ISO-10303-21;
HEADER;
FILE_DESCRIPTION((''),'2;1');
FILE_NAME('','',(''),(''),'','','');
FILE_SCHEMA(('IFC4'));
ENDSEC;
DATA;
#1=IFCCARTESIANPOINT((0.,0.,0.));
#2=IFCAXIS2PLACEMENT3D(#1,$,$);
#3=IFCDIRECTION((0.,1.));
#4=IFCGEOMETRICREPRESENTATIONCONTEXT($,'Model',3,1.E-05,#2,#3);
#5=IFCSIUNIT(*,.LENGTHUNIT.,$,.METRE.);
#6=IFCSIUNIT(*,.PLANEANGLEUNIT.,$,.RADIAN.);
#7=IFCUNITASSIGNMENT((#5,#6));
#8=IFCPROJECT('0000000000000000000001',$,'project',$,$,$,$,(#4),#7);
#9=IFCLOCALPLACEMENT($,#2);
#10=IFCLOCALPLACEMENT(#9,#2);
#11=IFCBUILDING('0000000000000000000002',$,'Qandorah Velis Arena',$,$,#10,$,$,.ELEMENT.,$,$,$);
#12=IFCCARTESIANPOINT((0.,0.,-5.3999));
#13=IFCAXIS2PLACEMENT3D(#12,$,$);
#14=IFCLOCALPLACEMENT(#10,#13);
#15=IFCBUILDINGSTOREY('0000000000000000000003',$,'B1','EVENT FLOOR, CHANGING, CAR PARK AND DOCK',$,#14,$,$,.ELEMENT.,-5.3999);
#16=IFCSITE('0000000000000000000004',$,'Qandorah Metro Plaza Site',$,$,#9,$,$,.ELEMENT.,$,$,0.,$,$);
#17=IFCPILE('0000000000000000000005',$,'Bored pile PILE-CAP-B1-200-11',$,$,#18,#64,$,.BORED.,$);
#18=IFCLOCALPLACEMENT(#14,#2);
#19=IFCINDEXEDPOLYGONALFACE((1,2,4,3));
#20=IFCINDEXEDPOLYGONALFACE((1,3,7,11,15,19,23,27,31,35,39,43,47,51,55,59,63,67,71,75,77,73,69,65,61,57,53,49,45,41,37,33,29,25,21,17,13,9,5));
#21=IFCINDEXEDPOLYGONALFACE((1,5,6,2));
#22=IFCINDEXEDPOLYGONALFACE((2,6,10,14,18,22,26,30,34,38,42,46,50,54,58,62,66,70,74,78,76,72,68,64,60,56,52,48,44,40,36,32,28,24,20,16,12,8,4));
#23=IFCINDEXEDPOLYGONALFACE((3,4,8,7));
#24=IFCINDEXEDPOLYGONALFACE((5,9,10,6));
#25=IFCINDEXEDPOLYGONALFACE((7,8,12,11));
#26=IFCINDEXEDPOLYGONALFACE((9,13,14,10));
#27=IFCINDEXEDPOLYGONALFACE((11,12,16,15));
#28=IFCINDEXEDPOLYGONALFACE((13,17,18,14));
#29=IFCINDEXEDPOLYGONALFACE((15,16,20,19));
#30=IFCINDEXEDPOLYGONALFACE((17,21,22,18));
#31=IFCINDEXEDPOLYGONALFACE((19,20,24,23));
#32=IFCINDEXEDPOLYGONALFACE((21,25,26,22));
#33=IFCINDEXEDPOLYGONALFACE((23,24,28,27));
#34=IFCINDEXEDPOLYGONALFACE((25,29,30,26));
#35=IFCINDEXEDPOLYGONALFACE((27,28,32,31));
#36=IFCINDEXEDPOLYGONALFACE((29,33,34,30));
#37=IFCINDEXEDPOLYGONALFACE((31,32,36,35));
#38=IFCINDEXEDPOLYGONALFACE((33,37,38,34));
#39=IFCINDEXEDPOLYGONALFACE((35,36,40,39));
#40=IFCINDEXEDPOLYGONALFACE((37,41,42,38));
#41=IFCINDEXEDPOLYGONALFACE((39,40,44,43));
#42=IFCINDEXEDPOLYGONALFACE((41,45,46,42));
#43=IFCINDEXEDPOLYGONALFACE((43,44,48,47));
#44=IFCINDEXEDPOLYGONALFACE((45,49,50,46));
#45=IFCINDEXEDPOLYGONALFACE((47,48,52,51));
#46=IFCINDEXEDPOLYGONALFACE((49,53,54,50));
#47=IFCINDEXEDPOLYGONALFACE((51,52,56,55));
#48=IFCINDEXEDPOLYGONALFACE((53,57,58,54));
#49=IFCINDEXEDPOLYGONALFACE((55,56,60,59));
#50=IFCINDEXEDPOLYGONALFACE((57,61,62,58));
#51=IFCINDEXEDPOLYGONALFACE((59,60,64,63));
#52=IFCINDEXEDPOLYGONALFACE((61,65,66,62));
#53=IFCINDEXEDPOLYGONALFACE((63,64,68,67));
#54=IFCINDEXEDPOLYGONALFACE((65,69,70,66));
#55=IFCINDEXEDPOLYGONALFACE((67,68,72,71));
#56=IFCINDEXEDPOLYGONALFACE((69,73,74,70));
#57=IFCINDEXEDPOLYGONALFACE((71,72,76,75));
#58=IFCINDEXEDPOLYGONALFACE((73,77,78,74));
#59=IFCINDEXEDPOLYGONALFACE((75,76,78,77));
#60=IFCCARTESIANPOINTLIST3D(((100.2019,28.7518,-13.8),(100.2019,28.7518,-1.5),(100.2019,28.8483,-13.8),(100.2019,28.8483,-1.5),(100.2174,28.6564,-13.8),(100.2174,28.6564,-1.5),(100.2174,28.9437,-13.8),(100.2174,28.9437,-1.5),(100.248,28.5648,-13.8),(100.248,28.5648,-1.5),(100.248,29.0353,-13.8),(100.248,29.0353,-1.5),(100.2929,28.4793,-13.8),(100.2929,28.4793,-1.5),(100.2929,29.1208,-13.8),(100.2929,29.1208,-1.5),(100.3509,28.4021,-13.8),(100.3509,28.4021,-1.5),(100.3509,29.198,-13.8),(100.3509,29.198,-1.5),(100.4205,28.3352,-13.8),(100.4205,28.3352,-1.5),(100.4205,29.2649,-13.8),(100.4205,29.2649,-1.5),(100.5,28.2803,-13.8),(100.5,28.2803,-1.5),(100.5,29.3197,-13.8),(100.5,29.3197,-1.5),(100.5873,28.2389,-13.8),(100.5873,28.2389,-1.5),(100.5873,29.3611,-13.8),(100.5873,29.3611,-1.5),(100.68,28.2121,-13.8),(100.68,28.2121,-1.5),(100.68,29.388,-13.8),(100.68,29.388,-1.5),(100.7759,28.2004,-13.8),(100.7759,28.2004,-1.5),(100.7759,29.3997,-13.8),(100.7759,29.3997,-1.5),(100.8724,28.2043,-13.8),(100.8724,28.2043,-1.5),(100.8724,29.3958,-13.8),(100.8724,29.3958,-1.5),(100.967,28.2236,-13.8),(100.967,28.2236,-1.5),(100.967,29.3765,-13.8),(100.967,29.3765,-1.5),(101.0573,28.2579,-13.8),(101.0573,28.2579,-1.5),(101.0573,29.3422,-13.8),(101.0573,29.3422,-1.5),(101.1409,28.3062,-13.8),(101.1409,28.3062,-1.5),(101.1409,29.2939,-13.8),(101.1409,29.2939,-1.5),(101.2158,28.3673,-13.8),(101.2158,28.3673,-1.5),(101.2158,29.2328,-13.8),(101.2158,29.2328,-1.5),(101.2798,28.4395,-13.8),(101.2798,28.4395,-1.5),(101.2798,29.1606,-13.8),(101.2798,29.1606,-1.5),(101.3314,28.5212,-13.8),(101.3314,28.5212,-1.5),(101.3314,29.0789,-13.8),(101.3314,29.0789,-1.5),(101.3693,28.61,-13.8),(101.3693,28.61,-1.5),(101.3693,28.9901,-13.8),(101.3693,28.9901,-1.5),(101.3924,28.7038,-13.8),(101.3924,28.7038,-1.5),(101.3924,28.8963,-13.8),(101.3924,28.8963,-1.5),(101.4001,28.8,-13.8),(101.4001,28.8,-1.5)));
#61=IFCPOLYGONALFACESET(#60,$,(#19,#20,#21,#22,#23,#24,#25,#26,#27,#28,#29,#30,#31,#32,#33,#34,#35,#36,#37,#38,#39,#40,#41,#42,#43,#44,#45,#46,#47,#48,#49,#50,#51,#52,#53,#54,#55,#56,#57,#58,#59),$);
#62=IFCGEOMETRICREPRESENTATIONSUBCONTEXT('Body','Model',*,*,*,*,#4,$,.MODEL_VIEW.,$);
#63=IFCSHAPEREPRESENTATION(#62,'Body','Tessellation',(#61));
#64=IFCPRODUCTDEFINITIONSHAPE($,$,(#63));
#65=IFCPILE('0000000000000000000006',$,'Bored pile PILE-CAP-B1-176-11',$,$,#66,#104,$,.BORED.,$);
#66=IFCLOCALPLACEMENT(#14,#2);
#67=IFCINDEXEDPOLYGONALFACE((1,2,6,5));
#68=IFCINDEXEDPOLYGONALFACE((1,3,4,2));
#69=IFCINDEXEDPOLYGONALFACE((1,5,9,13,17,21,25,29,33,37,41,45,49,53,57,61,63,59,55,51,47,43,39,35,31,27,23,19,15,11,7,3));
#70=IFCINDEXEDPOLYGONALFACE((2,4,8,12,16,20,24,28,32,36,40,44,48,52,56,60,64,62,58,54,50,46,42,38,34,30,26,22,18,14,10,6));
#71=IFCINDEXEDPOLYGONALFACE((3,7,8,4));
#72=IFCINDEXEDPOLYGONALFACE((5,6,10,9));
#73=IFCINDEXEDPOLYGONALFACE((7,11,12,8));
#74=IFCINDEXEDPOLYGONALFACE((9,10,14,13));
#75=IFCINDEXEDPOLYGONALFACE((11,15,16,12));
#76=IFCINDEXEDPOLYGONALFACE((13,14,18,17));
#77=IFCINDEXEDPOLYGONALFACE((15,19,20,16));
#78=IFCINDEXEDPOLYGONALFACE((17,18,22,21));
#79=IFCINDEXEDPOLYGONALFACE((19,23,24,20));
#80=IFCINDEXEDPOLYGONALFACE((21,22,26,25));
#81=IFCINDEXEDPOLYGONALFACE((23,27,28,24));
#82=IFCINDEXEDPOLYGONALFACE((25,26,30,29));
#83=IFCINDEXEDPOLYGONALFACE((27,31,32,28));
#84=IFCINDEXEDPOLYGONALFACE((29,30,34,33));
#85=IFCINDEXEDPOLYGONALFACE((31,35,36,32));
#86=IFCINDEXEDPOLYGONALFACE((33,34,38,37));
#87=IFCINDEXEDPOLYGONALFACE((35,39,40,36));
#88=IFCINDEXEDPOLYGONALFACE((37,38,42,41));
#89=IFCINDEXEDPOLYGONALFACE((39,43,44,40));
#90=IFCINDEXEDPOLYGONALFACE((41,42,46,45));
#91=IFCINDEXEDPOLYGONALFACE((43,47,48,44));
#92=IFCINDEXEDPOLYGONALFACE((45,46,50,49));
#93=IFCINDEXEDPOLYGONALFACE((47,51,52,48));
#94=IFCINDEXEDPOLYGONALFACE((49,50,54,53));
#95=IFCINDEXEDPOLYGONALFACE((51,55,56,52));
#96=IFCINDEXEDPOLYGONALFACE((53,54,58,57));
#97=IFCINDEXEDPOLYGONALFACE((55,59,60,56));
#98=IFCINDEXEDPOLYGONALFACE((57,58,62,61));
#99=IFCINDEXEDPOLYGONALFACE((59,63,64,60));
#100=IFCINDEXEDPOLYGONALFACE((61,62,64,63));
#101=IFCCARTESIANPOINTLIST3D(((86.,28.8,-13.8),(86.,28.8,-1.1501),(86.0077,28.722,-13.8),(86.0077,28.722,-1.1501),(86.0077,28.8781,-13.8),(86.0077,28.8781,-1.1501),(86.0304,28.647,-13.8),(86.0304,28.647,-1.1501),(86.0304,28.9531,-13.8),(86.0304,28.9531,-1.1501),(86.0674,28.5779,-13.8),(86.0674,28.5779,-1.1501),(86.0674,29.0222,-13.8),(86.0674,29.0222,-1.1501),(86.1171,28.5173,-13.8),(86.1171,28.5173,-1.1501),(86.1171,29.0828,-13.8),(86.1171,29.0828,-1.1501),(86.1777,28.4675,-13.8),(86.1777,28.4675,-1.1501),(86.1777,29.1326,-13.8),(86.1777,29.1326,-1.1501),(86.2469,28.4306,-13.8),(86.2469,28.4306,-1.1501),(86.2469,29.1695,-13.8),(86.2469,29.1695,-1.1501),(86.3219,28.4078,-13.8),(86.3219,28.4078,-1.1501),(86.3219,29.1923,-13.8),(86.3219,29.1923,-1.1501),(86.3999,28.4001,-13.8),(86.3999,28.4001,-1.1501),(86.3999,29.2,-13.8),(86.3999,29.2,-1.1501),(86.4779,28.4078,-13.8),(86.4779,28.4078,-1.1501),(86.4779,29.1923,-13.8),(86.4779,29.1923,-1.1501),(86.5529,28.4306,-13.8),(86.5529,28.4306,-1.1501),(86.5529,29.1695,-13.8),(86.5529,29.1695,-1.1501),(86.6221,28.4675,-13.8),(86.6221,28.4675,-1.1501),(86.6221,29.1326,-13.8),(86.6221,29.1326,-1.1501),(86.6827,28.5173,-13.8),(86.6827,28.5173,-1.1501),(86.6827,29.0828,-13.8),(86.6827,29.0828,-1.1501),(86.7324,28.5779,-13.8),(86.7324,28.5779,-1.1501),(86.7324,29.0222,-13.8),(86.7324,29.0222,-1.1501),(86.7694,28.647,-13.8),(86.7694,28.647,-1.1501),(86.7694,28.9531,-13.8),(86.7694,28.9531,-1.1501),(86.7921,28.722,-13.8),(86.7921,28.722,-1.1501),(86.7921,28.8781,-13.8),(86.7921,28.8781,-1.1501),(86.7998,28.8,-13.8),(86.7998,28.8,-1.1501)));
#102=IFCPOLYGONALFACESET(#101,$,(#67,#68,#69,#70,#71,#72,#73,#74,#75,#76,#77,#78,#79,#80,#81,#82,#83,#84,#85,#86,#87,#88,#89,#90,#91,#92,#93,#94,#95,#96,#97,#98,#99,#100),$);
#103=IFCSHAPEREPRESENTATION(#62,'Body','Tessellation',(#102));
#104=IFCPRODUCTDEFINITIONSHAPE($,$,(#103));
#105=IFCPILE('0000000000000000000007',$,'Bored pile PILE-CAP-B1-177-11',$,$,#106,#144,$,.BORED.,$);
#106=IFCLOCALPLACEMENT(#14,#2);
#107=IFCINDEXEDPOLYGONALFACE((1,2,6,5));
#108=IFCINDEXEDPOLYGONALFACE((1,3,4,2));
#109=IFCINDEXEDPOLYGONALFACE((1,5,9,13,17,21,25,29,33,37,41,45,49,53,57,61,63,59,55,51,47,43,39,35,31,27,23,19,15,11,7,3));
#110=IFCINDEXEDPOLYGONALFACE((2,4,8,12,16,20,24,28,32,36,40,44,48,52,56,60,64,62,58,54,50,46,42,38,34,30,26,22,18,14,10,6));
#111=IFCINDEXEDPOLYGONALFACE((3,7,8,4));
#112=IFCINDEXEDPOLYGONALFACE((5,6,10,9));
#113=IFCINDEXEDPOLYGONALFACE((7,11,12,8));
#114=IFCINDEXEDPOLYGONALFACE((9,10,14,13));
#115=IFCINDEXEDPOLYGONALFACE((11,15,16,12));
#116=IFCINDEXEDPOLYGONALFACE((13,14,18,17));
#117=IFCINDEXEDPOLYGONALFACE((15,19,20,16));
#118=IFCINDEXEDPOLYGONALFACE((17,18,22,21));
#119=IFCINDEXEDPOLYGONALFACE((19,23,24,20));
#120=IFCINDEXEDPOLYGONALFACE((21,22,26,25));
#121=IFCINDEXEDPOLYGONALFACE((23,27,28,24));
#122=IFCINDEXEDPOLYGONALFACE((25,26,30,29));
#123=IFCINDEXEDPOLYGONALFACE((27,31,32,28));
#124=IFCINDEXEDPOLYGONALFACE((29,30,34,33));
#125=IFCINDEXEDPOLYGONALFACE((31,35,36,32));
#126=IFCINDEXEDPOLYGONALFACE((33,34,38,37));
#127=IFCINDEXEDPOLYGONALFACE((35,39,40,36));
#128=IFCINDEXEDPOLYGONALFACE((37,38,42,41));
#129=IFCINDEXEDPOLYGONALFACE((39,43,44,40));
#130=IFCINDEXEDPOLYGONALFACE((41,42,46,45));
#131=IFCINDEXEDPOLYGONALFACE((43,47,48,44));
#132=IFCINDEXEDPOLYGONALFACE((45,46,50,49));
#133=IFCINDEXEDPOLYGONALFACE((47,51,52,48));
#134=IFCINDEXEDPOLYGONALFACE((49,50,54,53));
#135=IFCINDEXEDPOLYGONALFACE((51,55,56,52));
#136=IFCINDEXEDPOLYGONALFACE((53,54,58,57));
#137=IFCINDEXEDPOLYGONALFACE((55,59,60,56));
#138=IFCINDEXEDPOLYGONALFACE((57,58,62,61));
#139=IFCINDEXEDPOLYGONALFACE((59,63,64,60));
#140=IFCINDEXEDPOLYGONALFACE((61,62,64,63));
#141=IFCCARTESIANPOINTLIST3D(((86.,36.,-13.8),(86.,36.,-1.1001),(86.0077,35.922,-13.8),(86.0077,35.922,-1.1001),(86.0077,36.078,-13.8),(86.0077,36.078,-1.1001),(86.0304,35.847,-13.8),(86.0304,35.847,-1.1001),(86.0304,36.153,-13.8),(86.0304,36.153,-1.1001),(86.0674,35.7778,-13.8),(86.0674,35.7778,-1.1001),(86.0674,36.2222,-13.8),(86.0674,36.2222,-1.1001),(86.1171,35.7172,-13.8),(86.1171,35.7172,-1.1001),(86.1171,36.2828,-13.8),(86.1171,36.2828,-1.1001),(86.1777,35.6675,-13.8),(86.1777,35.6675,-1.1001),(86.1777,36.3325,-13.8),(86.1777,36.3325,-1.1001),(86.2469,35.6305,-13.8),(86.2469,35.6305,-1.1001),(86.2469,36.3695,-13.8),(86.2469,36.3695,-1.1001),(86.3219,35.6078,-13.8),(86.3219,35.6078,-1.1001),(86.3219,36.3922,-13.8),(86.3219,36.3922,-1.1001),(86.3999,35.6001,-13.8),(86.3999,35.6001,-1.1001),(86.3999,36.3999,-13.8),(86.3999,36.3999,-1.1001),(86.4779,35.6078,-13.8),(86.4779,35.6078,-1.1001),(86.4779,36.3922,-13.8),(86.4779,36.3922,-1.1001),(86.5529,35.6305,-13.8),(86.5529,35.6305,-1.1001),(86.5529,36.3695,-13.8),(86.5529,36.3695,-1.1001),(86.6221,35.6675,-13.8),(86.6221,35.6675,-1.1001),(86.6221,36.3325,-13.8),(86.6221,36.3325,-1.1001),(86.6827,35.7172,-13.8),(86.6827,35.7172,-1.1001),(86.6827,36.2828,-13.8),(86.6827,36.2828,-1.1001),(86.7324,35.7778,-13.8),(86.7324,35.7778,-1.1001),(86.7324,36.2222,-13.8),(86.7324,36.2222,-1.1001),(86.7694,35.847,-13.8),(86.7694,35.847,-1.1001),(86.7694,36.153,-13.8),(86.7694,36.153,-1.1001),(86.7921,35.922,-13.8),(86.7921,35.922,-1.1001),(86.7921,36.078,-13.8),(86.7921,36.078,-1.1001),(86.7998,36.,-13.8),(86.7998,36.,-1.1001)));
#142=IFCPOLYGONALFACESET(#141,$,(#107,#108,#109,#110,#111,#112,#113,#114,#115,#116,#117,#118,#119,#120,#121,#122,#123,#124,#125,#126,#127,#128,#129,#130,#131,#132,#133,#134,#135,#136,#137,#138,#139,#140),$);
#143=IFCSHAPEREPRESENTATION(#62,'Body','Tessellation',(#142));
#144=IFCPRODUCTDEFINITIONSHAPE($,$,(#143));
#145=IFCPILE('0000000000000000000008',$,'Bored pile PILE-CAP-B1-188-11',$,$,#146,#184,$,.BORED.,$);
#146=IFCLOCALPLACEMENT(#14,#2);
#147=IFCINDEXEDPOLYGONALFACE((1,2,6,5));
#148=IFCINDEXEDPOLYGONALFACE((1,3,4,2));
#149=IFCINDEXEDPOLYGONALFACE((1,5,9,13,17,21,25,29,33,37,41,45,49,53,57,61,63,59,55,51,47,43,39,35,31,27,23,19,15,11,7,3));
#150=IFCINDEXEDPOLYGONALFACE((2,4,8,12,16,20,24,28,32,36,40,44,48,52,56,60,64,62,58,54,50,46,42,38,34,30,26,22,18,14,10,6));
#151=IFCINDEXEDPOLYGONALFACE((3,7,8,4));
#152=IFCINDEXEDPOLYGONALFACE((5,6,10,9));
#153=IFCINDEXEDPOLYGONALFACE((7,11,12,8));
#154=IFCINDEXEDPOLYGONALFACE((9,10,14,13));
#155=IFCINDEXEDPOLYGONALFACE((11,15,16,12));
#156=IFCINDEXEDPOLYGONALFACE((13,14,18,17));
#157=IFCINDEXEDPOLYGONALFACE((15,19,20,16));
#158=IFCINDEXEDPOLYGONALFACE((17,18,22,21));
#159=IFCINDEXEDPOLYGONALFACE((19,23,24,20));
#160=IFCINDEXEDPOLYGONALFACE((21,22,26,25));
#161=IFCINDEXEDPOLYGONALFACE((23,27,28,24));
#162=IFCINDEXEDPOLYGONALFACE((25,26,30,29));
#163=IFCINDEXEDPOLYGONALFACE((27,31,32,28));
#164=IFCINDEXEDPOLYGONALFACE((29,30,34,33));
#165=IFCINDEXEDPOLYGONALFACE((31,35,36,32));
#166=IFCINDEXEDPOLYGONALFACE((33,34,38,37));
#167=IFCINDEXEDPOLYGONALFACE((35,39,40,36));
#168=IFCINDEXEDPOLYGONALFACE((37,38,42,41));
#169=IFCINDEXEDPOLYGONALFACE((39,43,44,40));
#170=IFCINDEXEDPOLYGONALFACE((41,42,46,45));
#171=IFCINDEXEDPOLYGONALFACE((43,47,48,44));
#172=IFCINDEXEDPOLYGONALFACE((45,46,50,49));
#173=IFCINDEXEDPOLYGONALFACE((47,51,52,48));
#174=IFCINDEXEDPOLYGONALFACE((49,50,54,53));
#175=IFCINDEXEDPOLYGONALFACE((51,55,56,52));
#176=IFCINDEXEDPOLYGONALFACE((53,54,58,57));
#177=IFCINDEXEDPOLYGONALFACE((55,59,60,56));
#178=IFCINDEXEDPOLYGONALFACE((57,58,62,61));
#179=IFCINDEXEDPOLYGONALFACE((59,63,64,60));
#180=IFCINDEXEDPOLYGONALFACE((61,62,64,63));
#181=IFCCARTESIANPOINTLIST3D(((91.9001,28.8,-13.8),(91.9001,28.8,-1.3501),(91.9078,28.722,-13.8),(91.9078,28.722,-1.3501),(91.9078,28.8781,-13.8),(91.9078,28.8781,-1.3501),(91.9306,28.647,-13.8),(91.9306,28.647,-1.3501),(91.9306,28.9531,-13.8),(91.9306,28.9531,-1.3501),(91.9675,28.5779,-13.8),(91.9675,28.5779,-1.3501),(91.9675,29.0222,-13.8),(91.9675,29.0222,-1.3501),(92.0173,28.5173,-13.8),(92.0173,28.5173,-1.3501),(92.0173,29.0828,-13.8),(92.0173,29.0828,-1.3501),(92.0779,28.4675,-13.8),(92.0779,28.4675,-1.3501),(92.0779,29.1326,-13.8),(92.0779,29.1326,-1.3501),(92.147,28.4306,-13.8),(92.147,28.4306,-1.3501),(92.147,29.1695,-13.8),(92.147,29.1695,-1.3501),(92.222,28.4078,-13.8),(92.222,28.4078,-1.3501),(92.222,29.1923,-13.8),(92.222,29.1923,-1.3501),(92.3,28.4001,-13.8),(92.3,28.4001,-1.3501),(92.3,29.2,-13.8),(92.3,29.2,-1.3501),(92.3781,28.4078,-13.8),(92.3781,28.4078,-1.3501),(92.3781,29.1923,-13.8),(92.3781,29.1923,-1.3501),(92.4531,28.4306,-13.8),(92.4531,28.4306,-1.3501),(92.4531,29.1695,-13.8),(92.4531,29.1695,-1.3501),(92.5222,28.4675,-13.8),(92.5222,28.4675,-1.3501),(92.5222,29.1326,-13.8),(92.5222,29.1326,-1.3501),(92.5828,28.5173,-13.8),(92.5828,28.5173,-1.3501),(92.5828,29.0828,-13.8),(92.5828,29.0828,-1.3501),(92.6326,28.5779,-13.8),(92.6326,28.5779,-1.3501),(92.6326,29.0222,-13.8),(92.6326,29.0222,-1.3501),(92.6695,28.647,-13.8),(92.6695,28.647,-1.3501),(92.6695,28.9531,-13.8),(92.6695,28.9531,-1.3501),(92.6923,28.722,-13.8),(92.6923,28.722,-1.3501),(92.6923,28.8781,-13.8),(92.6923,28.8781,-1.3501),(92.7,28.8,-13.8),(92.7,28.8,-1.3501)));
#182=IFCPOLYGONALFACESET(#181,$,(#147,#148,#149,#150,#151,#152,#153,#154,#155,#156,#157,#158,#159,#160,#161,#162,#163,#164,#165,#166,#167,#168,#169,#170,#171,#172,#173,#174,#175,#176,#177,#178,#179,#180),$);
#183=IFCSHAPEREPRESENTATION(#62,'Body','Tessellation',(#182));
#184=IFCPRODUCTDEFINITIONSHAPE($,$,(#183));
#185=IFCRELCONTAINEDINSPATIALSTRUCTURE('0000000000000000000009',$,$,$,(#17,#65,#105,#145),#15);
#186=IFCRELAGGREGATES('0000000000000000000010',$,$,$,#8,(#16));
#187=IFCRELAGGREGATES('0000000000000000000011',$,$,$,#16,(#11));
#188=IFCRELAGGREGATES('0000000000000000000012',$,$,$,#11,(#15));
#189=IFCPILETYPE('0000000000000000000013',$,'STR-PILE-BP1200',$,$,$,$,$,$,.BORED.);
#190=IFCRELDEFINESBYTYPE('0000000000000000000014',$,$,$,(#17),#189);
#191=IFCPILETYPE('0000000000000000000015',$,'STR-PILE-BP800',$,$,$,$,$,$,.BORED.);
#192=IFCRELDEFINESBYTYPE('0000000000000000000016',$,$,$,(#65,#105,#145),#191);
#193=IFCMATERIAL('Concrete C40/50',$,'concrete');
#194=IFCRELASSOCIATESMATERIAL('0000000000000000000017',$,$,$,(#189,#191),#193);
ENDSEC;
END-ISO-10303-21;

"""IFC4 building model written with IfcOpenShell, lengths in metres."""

from ifc_helpers import new_model, si_unit, direction, frame, origin, origin_2d, place, context, subcontext, project, spatial, circle, extrude, material, material_profile, profile_set, type_object, element, save


model = new_model("IFC4")

# Units and contexts
model_context = context("Model", 3, precision=1e-05, world=origin(), true_north=direction((0.0, 1.0)))
body_context = subcontext(model_context, "Body", "Model", "MODEL_VIEW")
ifc_project = project(units=[si_unit("LENGTHUNIT", "METRE"), si_unit("PLANEANGLEUNIT", "RADIAN")], contexts=[model_context])

# Site, building, storey
site_placement = place(None, origin())
site = spatial("IfcSite", under=ifc_project, at=site_placement, Name="Qandorah Metro Plaza Site", CompositionType="ELEMENT", RefElevation=0.0)
building_placement = place(site_placement, origin())
building = spatial("IfcBuilding", under=site, at=building_placement, Name="Qandorah Velis Arena", CompositionType="ELEMENT")
storey_placement = place(building_placement, frame((0.0, 0.0, -5.3999)))
storey = spatial("IfcBuildingStorey", under=building, at=storey_placement, Name="B1", Description="EVENT FLOOR, CHANGING, CAR PARK AND DOCK", CompositionType="ELEMENT", Elevation=-5.3999)

# Shared definitions
ifc_material_1 = material(Name="Concrete C40/50", Category="concrete")

# Piles
ifc_material_profile_1 = material_profile(ifc_material_1, circle(Radius=0.6001, at=origin_2d()), Name="BORED PILE D1200")
ifc_profile_set_1 = profile_set([ifc_material_profile_1], Name="Concrete C40/50")
pile_type_1 = type_object("IfcPileType", Name="STR-PILE-BP1200", PredefinedType="BORED", material=ifc_profile_set_1)
pile_1_placement = place(storey_placement, frame((100.8, 28.8, -1.5), z_axis=(0.0, 0.0, -1.0), x_axis=(1.0, 0.0, 0.0)))
element("IfcPile", 1, at=pile_1_placement, inside=storey, type_object=pile_type_1, Name="Bored pile PILE-CAP-B1-200-11", PredefinedType="BORED", context=body_context, shape_type="SweptSolid", body=[
    extrude(circle(Radius=0.6001, at=origin_2d()), origin(), (0.0, 0.0, 1.0), 12.3),
])
ifc_material_profile_2 = material_profile(ifc_material_1, circle(Radius=0.3999, at=origin_2d()), Name="BORED PILE D800")
ifc_profile_set_2 = profile_set([ifc_material_profile_2], Name="Concrete C40/50")
pile_type_2 = type_object("IfcPileType", Name="STR-PILE-BP800", PredefinedType="BORED", material=ifc_profile_set_2)
pile_2_placement = place(storey_placement, frame((86.3999, 28.8, -1.1501), z_axis=(0.0, 0.0, -1.0), x_axis=(1.0, 0.0, 0.0)))
element("IfcPile", 2, at=pile_2_placement, inside=storey, type_object=pile_type_2, Name="Bored pile PILE-CAP-B1-176-11", PredefinedType="BORED", context=body_context, shape_type="SweptSolid", body=[
    extrude(circle(Radius=0.3999, at=origin_2d()), origin(), (0.0, 0.0, 1.0), 12.6499),
])
pile_3_placement = place(storey_placement, frame((86.3999, 36.0, -1.1001), z_axis=(0.0, 0.0, -1.0), x_axis=(1.0, 0.0, 0.0)))
element("IfcPile", 3, at=pile_3_placement, inside=storey, type_object=pile_type_2, Name="Bored pile PILE-CAP-B1-177-11", PredefinedType="BORED", context=body_context, shape_type="SweptSolid", body=[
    extrude(circle(Radius=0.3999, at=origin_2d()), origin(), (0.0, 0.0, 1.0), 12.7),
])
for number, where, z_axis, x_axis, name in (
    (4, (92.3, 28.8, -1.3501), (0.0, 0.0, -1.0), (1.0, 0.0, 0.0), "Bored pile PILE-CAP-B1-188-11"),
):
    element("IfcPile", number, at=place(storey_placement, frame(where, z_axis=z_axis, x_axis=x_axis)), inside=storey, type_object=pile_type_2, Name=name, PredefinedType="BORED", context=body_context, shape_type="SweptSolid", body=[
        extrude(circle(Radius=0.3999, at=origin_2d()), origin(), (0.0, 0.0, 1.0), 12.45),
    ])

save(model, "model.ifc")
